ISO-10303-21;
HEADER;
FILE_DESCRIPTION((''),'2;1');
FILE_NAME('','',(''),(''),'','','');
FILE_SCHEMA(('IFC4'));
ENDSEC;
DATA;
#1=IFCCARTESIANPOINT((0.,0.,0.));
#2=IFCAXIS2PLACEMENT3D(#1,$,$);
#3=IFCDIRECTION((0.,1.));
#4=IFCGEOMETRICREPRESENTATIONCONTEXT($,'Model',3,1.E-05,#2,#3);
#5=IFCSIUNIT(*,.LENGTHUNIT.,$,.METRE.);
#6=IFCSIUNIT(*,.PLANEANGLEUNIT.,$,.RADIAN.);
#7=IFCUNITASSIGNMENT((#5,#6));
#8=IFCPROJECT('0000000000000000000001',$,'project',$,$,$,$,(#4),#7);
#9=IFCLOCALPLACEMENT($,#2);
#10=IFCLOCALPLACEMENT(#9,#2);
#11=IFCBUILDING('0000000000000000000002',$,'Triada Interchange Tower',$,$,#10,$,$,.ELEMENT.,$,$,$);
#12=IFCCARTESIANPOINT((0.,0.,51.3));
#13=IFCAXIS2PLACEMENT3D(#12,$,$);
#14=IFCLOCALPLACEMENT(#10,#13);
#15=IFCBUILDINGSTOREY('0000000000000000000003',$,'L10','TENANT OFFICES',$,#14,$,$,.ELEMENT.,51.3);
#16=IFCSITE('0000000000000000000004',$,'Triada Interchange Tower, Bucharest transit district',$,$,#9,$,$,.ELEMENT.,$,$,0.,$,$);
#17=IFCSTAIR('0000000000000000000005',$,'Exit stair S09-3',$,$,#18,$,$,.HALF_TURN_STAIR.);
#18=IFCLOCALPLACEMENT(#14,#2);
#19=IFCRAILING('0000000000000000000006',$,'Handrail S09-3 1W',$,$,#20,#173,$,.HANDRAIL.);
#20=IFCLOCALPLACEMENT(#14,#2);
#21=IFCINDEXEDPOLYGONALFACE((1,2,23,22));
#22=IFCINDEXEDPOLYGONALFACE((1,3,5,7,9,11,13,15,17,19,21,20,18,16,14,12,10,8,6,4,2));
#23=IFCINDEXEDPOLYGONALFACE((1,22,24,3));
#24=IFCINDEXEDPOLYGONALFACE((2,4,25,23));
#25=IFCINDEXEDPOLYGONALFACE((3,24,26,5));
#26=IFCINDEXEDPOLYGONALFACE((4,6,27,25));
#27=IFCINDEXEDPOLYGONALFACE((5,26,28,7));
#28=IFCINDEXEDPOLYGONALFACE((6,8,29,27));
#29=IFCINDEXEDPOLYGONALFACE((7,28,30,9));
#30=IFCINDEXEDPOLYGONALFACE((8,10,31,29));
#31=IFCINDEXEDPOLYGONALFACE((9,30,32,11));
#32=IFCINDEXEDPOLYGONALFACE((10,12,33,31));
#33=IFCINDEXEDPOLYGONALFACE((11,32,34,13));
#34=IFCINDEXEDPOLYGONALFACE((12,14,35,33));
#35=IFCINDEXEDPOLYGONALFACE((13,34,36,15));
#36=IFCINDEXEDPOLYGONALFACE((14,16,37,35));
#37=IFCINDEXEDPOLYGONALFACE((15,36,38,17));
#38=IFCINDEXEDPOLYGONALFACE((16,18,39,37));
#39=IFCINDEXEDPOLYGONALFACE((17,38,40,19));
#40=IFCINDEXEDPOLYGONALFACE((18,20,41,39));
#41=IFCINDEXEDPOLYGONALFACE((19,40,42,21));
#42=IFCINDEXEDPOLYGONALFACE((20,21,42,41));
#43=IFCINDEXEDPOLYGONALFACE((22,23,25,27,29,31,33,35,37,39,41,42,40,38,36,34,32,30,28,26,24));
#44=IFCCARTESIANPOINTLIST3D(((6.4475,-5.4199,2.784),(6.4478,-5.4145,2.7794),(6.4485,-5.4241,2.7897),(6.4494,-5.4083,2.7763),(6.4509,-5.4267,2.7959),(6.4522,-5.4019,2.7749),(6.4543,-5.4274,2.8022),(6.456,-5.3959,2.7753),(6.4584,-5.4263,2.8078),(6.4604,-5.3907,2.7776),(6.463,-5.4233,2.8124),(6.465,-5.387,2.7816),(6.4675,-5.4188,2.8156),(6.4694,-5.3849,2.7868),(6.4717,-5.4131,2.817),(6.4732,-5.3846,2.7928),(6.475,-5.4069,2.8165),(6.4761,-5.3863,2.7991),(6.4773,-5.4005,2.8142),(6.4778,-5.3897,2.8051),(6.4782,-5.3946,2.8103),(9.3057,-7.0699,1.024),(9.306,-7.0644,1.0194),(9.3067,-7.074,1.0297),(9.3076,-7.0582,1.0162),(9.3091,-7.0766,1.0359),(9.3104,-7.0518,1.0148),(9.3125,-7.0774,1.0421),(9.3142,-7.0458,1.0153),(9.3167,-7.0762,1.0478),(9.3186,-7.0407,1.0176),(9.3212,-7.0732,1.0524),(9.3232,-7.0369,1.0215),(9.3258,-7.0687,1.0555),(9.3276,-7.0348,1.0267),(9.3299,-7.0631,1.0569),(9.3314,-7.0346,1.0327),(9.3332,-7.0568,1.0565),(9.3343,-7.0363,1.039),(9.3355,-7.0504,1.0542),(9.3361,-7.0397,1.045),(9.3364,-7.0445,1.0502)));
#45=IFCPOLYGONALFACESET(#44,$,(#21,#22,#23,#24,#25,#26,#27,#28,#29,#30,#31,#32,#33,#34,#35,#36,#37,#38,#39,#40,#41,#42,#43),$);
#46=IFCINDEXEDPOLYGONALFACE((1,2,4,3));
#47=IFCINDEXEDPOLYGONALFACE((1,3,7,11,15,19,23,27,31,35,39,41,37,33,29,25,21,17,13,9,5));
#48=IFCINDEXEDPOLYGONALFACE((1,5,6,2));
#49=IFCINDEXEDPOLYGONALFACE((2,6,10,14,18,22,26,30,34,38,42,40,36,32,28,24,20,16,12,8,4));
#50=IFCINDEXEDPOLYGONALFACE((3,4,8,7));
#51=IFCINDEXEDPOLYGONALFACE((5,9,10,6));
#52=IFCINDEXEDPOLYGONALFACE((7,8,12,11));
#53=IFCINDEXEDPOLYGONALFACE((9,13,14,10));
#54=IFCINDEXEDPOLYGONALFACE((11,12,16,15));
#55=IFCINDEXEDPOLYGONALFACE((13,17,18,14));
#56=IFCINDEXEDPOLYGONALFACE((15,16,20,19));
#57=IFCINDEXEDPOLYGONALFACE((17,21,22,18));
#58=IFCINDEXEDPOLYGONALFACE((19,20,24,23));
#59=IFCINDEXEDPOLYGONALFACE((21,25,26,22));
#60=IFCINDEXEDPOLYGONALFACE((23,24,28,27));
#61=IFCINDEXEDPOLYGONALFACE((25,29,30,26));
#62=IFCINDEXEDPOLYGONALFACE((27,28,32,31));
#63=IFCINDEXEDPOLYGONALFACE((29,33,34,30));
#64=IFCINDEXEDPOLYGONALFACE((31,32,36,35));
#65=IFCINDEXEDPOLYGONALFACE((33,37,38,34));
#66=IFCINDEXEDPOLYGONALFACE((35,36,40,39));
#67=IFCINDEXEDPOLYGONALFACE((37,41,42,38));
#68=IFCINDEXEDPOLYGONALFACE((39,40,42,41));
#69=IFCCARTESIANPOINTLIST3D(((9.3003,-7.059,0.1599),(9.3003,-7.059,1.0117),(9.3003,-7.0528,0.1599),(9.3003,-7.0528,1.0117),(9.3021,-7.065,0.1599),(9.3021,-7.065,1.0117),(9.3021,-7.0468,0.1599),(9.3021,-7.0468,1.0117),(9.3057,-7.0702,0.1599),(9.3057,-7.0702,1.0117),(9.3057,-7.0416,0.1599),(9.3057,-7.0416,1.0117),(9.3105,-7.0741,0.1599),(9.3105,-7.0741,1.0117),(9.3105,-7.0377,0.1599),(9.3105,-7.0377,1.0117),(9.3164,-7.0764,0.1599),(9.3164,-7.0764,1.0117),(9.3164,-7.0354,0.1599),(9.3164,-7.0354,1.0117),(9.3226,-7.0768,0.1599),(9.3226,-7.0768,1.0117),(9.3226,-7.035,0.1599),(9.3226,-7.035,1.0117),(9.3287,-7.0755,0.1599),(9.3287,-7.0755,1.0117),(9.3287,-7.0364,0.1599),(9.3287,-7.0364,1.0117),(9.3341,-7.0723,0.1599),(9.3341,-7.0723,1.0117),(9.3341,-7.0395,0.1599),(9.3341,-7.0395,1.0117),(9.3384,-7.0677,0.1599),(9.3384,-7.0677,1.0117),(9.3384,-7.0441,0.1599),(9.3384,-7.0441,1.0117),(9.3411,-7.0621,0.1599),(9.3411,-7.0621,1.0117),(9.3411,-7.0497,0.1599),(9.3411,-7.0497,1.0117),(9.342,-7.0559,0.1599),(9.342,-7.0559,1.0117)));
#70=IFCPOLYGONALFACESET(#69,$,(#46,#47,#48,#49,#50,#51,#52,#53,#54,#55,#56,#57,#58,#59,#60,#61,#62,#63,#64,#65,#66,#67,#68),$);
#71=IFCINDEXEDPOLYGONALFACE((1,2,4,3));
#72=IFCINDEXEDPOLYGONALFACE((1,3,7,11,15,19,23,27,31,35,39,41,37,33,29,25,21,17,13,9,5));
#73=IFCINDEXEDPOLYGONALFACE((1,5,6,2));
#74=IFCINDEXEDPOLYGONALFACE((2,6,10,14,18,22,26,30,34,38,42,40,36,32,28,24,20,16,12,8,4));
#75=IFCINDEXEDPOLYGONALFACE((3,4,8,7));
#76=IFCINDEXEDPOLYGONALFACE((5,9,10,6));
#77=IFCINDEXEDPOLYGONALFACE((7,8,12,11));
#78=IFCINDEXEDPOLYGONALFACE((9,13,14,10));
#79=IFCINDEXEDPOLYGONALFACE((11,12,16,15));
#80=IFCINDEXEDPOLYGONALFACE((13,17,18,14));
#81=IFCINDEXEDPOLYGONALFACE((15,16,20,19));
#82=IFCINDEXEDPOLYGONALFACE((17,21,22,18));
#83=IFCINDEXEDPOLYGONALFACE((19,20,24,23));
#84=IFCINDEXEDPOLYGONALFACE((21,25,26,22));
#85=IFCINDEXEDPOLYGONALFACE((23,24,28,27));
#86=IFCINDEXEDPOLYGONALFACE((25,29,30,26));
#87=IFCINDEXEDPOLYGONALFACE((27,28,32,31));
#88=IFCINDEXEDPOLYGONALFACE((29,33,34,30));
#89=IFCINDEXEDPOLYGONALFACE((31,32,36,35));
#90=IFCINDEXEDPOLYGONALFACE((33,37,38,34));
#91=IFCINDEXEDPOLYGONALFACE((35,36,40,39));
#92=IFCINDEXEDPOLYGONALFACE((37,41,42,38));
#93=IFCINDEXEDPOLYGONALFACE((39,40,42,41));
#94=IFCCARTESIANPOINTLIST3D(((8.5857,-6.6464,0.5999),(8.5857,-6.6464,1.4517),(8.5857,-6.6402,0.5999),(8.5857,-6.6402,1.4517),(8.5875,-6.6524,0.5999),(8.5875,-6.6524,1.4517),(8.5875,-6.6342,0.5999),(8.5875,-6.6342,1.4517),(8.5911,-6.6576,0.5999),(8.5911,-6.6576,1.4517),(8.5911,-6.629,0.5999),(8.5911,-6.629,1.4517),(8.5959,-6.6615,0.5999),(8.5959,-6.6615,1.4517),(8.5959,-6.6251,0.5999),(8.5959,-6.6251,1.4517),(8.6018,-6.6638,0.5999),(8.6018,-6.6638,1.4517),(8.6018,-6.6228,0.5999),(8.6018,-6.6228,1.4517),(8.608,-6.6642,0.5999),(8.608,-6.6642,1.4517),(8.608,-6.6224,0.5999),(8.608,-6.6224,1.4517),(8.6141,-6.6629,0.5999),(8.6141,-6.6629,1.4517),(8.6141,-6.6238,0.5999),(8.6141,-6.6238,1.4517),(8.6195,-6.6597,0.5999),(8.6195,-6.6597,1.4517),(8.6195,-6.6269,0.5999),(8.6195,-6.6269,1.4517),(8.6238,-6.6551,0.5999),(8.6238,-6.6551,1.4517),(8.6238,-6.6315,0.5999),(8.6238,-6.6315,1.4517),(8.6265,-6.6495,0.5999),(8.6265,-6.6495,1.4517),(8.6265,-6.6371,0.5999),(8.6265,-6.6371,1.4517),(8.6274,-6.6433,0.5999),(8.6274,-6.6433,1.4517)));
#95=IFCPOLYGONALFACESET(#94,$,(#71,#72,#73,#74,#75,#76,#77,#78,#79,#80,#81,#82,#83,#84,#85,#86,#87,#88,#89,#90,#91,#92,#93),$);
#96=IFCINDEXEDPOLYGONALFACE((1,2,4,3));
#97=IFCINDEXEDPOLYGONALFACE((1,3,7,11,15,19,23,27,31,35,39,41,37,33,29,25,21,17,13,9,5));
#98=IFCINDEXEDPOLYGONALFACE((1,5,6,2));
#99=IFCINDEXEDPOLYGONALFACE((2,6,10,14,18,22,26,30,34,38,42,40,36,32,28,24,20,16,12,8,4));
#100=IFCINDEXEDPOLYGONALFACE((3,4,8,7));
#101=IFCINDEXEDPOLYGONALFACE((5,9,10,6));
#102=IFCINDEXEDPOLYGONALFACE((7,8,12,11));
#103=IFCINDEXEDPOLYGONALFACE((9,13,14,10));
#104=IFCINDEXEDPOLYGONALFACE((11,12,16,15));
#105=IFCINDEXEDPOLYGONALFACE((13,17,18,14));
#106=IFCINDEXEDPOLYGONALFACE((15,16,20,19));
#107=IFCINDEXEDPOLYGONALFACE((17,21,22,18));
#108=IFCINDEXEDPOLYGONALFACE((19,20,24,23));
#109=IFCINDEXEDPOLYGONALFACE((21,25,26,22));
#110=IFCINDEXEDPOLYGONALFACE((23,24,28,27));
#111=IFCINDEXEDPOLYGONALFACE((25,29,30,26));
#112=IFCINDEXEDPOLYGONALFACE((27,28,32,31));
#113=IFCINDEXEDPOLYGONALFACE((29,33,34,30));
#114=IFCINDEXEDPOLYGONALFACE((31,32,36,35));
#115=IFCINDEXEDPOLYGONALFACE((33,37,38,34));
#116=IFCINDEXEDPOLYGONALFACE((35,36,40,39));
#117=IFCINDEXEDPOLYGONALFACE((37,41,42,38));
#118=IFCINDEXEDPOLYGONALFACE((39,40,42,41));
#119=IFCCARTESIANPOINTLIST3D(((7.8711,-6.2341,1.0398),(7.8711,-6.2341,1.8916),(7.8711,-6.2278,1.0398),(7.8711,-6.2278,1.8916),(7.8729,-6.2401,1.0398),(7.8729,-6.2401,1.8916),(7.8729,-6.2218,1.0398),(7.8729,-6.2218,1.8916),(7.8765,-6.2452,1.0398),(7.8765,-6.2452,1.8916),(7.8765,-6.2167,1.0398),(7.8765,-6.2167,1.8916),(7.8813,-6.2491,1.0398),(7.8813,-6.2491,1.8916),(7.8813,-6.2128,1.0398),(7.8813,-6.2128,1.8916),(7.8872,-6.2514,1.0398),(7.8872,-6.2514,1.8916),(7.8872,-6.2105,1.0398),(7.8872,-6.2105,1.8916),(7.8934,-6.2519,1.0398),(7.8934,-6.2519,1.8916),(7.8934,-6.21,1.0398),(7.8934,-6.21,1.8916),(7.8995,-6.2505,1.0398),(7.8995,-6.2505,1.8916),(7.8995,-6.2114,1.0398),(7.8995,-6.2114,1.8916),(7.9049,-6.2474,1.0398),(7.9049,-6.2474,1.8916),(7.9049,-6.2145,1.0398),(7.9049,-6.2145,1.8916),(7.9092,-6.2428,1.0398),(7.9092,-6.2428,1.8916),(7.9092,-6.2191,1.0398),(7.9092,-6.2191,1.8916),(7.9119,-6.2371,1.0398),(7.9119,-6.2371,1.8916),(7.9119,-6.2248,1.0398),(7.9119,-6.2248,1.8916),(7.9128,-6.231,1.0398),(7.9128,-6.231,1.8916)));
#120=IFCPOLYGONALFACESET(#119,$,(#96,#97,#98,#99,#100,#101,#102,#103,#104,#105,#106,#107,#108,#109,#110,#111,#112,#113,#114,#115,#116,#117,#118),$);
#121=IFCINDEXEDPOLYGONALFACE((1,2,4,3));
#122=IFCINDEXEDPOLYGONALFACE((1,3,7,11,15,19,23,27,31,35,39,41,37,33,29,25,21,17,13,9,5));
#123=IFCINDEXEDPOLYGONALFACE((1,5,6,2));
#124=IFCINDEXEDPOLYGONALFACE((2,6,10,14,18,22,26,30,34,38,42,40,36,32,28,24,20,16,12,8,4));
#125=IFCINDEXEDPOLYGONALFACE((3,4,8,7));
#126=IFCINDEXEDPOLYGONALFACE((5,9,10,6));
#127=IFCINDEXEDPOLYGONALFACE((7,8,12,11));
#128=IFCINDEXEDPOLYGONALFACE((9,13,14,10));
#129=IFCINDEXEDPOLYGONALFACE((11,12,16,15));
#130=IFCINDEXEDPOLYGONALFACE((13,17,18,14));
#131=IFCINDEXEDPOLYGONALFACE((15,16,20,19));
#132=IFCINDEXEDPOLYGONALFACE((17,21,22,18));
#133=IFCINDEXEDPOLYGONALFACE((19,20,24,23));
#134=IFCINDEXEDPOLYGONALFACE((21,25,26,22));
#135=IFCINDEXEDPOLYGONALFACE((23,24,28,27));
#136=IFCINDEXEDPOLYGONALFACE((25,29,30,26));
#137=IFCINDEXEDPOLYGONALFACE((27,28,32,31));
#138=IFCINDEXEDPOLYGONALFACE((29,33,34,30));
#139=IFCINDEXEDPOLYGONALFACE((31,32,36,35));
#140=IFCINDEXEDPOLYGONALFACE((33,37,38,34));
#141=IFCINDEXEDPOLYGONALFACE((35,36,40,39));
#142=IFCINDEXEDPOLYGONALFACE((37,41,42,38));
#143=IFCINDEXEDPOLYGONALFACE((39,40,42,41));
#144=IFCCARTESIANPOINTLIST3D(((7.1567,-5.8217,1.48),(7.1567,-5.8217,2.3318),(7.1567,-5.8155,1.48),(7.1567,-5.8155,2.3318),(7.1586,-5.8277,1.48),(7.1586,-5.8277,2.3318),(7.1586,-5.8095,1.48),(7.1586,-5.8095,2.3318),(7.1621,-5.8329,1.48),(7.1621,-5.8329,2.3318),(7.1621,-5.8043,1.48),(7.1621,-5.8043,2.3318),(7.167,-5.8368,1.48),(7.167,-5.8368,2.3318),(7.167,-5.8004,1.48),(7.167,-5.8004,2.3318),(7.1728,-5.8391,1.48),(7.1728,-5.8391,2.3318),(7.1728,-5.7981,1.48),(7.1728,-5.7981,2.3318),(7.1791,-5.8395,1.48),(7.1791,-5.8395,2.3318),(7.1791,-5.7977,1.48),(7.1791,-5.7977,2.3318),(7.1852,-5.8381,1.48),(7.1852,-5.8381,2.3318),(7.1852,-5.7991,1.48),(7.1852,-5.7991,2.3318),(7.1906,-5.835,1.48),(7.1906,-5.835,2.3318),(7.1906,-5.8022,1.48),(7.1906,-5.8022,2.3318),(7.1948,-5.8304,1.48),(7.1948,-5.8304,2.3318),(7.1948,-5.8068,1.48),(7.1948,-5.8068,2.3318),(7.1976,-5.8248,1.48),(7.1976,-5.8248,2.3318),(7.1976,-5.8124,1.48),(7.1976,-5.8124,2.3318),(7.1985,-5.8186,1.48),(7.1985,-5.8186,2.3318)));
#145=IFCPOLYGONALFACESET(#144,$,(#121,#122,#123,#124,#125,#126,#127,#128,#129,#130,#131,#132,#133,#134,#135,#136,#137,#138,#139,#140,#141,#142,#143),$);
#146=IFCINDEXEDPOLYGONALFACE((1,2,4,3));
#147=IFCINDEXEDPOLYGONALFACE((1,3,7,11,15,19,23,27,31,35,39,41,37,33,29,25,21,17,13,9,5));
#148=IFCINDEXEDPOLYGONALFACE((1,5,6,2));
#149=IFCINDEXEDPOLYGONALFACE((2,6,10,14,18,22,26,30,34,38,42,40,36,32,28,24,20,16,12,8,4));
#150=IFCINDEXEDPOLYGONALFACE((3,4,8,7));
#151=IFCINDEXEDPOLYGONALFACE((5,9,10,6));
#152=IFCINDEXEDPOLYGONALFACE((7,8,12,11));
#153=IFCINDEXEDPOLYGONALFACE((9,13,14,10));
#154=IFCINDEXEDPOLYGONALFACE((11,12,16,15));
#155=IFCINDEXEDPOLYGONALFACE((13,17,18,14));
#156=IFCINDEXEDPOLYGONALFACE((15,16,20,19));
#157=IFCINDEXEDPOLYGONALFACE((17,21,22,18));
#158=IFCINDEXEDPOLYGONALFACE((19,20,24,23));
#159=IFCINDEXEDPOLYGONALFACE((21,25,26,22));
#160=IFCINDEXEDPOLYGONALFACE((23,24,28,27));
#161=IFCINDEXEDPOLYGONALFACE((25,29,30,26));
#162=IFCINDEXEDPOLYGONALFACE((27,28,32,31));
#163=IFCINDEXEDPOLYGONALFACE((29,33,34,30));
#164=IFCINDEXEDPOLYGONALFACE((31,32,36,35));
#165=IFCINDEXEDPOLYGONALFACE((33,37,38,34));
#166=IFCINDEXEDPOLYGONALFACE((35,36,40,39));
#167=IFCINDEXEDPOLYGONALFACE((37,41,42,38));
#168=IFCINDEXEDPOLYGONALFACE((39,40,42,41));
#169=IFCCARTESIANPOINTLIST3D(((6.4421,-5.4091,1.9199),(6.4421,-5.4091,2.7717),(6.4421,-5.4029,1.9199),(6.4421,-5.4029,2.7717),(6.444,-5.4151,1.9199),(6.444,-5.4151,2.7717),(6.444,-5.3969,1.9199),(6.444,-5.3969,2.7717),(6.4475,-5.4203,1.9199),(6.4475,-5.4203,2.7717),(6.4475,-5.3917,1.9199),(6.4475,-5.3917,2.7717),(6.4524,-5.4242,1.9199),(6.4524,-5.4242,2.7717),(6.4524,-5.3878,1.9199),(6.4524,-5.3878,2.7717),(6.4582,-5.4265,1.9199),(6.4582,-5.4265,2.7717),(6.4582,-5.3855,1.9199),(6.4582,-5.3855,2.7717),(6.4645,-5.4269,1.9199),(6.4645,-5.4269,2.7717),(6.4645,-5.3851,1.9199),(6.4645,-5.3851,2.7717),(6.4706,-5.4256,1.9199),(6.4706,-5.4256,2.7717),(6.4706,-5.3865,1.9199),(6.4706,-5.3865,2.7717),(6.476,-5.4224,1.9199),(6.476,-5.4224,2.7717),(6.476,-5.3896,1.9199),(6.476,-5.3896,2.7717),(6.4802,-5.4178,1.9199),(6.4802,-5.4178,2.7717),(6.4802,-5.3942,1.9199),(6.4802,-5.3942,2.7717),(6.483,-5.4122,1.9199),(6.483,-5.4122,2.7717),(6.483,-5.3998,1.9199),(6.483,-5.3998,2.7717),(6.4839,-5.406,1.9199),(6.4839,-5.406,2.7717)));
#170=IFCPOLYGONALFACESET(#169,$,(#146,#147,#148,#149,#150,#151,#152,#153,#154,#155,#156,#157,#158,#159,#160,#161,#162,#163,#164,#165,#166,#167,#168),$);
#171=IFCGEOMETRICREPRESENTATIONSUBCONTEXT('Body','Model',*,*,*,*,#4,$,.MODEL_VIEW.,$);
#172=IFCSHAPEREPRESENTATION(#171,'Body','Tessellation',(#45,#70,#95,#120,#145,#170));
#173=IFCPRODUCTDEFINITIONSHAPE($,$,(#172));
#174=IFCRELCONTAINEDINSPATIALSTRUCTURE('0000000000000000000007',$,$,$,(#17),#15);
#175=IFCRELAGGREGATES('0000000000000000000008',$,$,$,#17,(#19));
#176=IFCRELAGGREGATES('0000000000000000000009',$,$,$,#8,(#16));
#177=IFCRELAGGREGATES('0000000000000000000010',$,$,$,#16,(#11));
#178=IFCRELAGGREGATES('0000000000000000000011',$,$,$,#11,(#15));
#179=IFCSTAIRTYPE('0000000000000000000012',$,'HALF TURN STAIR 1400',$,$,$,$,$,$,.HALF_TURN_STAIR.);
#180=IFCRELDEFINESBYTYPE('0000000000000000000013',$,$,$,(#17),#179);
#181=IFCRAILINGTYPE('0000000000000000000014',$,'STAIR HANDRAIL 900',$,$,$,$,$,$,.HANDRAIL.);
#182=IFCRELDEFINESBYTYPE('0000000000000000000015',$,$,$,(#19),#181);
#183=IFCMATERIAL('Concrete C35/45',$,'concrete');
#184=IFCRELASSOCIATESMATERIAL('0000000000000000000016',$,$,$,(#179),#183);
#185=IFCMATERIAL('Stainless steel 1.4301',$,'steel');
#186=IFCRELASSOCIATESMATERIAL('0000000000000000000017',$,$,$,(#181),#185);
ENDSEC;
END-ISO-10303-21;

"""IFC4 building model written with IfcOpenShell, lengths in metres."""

from ifc_helpers import new_model, si_unit, direction, frame, origin, origin_2d, place, context, subcontext, project, spatial, circle, extrude, material, type_object, element, aggregate, save


model = new_model("IFC4")

# Units and contexts
model_context = context("Model", 3, precision=1e-05, world=origin(), true_north=direction((0.0, 1.0)))
body_context = subcontext(model_context, "Body", "Model", "MODEL_VIEW")
ifc_project = project(units=[si_unit("LENGTHUNIT", "METRE"), si_unit("PLANEANGLEUNIT", "RADIAN")], contexts=[model_context])

# Site, building, storey
site_placement = place(None, origin())
site = spatial("IfcSite", under=ifc_project, at=site_placement, Name="Triada Interchange Tower, Bucharest transit district", CompositionType="ELEMENT", RefElevation=0.0)
building_placement = place(site_placement, origin())
building = spatial("IfcBuilding", under=site, at=building_placement, Name="Triada Interchange Tower", CompositionType="ELEMENT")
storey_placement = place(building_placement, frame((0.0, 0.0, 51.3)))
storey = spatial("IfcBuildingStorey", under=building, at=storey_placement, Name="L10", Description="TENANT OFFICES", CompositionType="ELEMENT", Elevation=51.3)

# Stair, railing
ifc_material_1 = material(Name="Concrete C35/45", Category="concrete")
stair_type = type_object("IfcStairType", Name="HALF TURN STAIR 1400", PredefinedType="HALF_TURN_STAIR", material=ifc_material_1)
stair_placement = place(storey_placement, origin())
stair = element("IfcStair", 1, at=stair_placement, inside=storey, type_object=stair_type, Name="Exit stair S09-3", PredefinedType="HALF_TURN_STAIR")
ifc_material_2 = material(Name="Stainless steel 1.4301", Category="steel")
railing_type = type_object("IfcRailingType", Name="STAIR HANDRAIL 900", PredefinedType="HANDRAIL", material=ifc_material_2)
railing_1_placement = place(storey_placement, frame((9.321, -7.0559, 0.1599)))
railing_1 = element("IfcRailing", 2, at=railing_1_placement, type_object=railing_type, Name="Handrail S09-3 1W", PredefinedType="HANDRAIL", context=body_context, shape_type="SweptSolid", body=[
    extrude(circle(Radius=0.0239, at=origin_2d()), frame((0.0, 0.0, 0.876), z_axis=(-0.764178, 0.441131, 0.47057), x_axis=(-0.499942, -0.866059, 0.0)), (0.0, 0.0, 1.0), 3.7402),
    extrude(circle(Radius=0.021, at=origin_2d()), origin(), (0.0, 0.0, 1.0), 0.8518),
    extrude(circle(Radius=0.021, at=origin_2d()), frame((-0.7146, 0.4126, 0.4399)), (0.0, 0.0, 1.0), 0.8518),
    extrude(circle(Radius=0.021, at=origin_2d()), frame((-1.4292, 0.825, 0.8799)), (0.0, 0.0, 1.0), 0.8518),
    extrude(circle(Radius=0.021, at=origin_2d()), frame((-2.1436, 1.2373, 1.3201)), (0.0, 0.0, 1.0), 0.8518),
    extrude(circle(Radius=0.021, at=origin_2d()), frame((-2.8582, 1.6499, 1.76)), (0.0, 0.0, 1.0), 0.8518),
])
aggregate(stair, [railing_1])

save(model, "model.ifc")
